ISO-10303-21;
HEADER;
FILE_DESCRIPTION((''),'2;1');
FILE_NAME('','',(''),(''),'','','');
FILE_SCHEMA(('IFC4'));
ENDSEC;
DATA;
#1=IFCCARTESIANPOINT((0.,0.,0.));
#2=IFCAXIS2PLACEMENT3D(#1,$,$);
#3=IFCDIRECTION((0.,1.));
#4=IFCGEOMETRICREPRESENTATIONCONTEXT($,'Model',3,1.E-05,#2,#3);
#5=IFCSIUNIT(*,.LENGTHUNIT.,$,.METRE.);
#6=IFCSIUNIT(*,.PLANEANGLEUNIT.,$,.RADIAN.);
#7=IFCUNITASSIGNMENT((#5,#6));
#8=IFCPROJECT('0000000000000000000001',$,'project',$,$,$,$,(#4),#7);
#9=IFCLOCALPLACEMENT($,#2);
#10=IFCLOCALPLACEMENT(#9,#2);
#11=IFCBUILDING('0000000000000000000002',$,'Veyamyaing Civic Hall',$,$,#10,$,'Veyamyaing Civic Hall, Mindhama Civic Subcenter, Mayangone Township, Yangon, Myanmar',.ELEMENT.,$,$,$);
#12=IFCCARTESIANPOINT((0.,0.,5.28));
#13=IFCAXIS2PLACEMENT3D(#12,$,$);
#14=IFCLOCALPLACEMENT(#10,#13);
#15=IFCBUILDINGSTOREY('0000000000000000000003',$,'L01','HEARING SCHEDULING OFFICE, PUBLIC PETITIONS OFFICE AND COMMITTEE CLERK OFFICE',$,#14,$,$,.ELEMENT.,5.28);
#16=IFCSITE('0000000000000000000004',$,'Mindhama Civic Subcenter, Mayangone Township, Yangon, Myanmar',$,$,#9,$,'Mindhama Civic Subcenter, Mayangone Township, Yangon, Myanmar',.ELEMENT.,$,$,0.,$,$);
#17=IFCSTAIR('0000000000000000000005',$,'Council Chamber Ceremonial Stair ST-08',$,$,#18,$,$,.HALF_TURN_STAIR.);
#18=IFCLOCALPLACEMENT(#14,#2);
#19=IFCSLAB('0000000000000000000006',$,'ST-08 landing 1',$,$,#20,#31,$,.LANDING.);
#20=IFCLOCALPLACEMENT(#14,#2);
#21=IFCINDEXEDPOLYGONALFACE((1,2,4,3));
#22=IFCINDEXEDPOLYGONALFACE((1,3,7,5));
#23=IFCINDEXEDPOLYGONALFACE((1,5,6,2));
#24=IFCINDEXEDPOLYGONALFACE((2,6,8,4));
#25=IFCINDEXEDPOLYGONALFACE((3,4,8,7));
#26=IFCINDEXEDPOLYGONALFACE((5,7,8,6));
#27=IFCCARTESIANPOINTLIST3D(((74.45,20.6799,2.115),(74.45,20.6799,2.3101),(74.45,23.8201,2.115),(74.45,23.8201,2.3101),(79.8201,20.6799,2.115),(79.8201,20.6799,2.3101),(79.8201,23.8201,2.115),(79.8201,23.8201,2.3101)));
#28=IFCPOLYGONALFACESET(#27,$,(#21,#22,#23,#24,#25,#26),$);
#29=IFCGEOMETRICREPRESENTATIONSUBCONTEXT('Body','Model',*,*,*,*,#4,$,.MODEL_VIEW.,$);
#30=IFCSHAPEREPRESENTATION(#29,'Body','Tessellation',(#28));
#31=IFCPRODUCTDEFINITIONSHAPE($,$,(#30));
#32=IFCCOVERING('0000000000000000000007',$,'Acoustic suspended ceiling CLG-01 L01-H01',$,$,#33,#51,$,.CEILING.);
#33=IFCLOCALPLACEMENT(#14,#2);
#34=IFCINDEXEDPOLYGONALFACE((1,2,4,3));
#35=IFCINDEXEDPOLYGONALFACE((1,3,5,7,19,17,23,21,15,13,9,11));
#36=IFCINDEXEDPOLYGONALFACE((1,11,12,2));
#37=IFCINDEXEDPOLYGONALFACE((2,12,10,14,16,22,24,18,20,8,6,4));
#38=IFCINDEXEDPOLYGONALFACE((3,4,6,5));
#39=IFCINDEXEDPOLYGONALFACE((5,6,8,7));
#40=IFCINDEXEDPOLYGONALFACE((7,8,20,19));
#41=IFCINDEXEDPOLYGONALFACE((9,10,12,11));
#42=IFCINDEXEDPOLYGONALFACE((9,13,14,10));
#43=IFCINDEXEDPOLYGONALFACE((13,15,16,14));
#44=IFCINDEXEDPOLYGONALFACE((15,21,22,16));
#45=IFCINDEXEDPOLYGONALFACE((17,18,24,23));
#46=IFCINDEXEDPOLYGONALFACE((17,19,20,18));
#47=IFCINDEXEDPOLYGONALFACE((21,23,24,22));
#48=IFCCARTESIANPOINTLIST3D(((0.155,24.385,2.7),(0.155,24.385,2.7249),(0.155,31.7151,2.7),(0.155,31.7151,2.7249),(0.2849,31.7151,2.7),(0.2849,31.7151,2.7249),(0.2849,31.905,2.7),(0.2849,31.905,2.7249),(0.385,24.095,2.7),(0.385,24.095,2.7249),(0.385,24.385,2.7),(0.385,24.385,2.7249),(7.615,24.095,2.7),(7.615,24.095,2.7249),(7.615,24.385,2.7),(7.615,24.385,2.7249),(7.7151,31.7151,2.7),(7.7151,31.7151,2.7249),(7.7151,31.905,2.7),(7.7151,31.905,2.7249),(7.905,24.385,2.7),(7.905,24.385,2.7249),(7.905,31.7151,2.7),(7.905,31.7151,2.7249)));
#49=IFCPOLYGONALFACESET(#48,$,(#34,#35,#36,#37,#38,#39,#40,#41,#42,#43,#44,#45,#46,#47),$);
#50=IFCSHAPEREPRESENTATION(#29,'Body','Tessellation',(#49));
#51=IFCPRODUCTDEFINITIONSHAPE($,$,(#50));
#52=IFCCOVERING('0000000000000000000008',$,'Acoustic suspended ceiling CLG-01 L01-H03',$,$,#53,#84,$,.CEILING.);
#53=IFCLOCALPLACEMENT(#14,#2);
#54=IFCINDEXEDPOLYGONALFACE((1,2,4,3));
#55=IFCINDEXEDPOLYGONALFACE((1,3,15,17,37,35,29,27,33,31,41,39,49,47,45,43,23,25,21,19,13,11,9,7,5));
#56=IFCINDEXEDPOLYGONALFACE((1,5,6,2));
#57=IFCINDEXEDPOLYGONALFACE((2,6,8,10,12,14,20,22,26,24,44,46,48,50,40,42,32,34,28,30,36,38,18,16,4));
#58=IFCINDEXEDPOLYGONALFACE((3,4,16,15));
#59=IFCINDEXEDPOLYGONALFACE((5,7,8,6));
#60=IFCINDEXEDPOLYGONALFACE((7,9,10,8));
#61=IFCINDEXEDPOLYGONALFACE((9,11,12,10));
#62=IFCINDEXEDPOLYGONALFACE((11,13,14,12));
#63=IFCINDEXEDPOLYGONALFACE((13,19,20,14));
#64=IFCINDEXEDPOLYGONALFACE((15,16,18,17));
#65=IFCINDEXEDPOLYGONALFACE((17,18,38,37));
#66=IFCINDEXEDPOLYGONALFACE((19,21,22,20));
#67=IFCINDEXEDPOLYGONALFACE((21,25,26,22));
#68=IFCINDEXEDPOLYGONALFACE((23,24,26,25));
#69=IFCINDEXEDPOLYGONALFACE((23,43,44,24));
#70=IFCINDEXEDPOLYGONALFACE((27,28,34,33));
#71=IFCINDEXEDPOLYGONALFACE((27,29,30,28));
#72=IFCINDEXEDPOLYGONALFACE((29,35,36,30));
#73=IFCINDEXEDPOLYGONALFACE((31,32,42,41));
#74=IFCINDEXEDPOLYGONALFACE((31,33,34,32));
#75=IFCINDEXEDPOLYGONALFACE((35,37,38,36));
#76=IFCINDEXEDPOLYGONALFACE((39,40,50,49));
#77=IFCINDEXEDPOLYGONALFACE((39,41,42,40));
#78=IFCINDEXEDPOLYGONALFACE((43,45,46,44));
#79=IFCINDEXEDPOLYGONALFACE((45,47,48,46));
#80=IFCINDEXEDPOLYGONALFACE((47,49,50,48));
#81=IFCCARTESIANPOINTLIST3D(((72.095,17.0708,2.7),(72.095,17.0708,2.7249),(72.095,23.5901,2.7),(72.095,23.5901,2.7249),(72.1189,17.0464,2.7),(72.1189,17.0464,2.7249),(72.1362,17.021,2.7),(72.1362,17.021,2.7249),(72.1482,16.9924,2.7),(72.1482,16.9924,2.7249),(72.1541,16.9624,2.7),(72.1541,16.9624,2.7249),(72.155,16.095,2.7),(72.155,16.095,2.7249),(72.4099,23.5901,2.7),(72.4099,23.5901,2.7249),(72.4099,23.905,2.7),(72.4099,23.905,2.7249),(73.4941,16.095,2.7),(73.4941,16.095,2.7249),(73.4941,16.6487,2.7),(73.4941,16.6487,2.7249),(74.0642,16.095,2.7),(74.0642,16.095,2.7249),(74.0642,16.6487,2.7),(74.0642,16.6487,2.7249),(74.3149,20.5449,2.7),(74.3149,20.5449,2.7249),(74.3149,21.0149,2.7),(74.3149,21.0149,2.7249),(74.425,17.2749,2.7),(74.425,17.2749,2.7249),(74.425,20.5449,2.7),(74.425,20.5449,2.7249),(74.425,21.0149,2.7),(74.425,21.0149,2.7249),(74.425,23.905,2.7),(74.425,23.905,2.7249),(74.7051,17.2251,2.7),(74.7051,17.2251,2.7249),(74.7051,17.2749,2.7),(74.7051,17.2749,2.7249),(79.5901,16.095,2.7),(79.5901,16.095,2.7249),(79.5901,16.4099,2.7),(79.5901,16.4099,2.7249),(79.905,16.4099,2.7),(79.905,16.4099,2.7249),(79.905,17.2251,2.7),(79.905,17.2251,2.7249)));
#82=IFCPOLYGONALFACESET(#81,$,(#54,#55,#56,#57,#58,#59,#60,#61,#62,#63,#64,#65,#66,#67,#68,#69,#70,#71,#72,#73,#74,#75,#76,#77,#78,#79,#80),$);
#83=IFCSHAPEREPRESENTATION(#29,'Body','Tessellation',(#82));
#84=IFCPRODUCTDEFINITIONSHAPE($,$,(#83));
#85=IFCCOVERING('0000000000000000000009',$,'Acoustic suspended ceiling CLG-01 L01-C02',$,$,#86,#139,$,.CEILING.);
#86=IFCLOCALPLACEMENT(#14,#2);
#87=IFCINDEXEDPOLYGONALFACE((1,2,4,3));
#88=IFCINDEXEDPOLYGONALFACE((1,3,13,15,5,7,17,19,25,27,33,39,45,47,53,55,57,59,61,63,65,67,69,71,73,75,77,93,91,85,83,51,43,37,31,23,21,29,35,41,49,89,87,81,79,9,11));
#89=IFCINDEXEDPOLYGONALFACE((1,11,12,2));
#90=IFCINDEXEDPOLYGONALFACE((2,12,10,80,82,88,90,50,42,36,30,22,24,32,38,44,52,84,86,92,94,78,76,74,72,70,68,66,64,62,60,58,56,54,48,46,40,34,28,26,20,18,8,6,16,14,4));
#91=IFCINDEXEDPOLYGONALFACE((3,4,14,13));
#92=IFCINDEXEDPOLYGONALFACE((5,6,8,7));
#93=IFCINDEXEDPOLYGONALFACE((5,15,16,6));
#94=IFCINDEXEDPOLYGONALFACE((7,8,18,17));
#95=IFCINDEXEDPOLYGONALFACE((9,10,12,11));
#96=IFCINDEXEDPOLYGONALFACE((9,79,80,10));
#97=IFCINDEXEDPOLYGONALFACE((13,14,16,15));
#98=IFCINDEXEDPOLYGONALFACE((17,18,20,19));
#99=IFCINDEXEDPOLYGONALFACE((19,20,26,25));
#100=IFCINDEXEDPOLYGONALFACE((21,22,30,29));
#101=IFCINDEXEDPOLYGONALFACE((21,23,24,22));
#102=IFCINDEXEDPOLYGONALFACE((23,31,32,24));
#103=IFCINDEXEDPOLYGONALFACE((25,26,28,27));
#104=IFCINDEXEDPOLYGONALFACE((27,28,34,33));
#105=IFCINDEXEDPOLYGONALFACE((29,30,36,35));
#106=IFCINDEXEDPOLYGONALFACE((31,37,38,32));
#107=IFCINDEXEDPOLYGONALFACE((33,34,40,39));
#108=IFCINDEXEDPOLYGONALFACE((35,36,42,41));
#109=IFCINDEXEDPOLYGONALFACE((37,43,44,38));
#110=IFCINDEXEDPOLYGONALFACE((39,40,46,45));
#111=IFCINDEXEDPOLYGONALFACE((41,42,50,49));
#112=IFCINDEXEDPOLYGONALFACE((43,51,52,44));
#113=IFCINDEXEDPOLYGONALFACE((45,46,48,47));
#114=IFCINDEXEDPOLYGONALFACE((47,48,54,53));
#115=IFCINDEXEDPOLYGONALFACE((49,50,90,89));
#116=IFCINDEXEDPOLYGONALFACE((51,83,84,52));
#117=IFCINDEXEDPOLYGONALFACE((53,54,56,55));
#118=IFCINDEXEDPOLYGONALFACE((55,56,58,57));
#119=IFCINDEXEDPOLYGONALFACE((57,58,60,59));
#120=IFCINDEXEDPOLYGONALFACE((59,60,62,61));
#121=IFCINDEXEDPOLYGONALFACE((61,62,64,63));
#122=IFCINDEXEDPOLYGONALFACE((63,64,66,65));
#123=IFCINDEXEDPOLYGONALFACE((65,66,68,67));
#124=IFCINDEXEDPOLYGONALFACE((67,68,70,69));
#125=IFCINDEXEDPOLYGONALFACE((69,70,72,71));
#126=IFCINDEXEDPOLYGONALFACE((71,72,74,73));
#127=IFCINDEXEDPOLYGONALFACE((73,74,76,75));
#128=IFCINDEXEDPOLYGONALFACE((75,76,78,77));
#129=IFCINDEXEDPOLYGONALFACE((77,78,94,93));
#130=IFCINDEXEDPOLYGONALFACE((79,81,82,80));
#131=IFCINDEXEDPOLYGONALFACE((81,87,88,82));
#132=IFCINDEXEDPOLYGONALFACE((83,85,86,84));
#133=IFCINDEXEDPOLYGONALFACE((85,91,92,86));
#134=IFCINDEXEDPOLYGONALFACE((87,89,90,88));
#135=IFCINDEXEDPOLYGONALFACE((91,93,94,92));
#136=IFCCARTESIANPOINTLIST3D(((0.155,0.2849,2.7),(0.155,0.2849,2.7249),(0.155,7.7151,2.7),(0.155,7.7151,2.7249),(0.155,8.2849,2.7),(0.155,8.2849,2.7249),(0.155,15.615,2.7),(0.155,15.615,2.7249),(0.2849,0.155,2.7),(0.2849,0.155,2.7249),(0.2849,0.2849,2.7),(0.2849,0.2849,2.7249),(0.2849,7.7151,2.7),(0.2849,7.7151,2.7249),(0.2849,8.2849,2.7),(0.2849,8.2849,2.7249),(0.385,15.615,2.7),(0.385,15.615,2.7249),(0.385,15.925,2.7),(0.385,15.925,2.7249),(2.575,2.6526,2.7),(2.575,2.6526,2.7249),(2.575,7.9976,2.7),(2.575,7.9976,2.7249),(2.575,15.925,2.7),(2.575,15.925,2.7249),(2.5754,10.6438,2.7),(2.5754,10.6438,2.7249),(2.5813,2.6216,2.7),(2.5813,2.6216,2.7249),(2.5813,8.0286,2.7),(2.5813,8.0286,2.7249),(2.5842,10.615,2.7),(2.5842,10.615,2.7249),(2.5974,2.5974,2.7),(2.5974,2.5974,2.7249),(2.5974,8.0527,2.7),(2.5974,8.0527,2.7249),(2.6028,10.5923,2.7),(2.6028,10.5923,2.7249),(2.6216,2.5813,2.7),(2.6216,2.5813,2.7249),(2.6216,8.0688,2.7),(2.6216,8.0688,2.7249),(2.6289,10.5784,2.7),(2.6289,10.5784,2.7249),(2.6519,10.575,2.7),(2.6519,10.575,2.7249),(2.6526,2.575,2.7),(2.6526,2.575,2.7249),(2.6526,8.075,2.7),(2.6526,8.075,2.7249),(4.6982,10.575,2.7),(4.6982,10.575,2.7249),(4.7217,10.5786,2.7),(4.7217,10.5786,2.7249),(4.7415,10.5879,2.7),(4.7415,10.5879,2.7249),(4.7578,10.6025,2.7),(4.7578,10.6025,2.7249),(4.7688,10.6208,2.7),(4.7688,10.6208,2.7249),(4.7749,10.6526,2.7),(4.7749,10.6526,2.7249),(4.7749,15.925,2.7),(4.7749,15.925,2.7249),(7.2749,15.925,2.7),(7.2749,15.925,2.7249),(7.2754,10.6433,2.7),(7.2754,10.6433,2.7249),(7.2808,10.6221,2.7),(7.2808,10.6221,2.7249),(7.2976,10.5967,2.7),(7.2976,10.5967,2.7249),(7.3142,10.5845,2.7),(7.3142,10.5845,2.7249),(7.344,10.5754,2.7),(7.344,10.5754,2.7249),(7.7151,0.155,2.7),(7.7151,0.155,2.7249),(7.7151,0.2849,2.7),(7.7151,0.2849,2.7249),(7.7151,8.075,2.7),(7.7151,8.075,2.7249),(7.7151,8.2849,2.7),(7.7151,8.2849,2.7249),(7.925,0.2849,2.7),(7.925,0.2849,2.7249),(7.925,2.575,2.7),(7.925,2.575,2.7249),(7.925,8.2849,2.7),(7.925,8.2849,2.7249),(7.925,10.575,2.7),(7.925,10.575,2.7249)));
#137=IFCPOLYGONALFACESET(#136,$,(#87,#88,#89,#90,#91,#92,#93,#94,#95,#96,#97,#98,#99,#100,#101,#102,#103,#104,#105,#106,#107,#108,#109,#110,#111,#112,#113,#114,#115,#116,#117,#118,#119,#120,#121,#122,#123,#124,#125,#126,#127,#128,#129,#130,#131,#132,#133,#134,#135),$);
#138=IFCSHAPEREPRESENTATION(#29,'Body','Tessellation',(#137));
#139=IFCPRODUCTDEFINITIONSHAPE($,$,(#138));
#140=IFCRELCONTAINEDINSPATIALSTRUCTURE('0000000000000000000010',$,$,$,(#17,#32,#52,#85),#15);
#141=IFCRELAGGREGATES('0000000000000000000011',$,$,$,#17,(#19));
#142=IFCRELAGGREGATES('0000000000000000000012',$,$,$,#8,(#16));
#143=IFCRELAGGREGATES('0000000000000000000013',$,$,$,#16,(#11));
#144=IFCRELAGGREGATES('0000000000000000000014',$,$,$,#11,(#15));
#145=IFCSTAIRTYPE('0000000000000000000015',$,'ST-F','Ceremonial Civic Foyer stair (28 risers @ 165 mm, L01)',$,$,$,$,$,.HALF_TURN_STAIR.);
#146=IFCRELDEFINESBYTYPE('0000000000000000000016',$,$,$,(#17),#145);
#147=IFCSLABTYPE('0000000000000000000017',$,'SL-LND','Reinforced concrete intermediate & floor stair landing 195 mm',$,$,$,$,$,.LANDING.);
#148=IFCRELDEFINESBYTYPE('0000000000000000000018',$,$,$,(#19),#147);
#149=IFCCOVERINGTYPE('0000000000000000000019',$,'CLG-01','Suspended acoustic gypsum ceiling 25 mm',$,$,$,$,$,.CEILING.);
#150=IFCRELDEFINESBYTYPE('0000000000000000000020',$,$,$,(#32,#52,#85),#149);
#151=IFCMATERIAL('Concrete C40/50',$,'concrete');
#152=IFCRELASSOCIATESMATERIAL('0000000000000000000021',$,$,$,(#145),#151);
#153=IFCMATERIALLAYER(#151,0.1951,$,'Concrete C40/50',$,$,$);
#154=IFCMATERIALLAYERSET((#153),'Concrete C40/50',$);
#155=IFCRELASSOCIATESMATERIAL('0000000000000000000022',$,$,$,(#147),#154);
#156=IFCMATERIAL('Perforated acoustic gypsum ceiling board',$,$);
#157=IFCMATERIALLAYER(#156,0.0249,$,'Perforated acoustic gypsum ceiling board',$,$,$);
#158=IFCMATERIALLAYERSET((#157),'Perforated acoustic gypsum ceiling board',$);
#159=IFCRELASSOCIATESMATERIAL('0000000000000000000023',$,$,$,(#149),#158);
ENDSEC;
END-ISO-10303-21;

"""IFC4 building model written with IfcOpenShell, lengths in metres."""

from ifc_helpers import new_model, si_unit, direction, frame, origin, place, context, subcontext, project, spatial, polyline, outline, extrude, material, layer, layer_set, type_object, element, aggregate, save


model = new_model("IFC4")

# Units and contexts
model_context = context("Model", 3, precision=1e-05, world=origin(), true_north=direction((0.0, 1.0)))
body_context = subcontext(model_context, "Body", "Model", "MODEL_VIEW")
ifc_project = project(units=[si_unit("LENGTHUNIT", "METRE"), si_unit("PLANEANGLEUNIT", "RADIAN")], contexts=[model_context])

# Site, building, storey
site_placement = place(None, origin())
site = spatial("IfcSite", under=ifc_project, at=site_placement, Name="Mindhama Civic Subcenter, Mayangone Township, Yangon, Myanmar", LongName="Mindhama Civic Subcenter, Mayangone Township, Yangon, Myanmar", CompositionType="ELEMENT", RefElevation=0.0)
building_placement = place(site_placement, origin())
building = spatial("IfcBuilding", under=site, at=building_placement, Name="Veyamyaing Civic Hall", LongName="Veyamyaing Civic Hall, Mindhama Civic Subcenter, Mayangone Township, Yangon, Myanmar", CompositionType="ELEMENT")
storey_placement = place(building_placement, frame((0.0, 0.0, 5.28)))
storey = spatial("IfcBuildingStorey", under=building, at=storey_placement, Name="L01", Description="HEARING SCHEDULING OFFICE, PUBLIC PETITIONS OFFICE AND COMMITTEE CLERK OFFICE", CompositionType="ELEMENT", Elevation=5.28)

# Stair, slab
ifc_material_1 = material(Name="Concrete C40/50", Category="concrete")
stair_type = type_object("IfcStairType", Name="ST-F", Description="Ceremonial Civic Foyer stair (28 risers @ 165 mm, L01)", PredefinedType="HALF_TURN_STAIR", material=ifc_material_1)
stair_placement = place(storey_placement, origin())
stair = element("IfcStair", 1, at=stair_placement, inside=storey, type_object=stair_type, Name="Council Chamber Ceremonial Stair ST-08", PredefinedType="HALF_TURN_STAIR")
ifc_layer_1 = layer(ifc_material_1, 0.1951, Name="Concrete C40/50")
ifc_layer_set_1 = layer_set([ifc_layer_1], Name="Concrete C40/50")
slab_type = type_object("IfcSlabType", Name="SL-LND", Description="Reinforced concrete intermediate & floor stair landing 195 mm", PredefinedType="LANDING", material=ifc_layer_set_1)
slab_placement = place(storey_placement, frame((0.0, 0.0, 2.115)))
slab = element("IfcSlab", 2, at=slab_placement, type_object=slab_type, Name="ST-08 landing 1", PredefinedType="LANDING", context=body_context, shape_type="SweptSolid", body=[
    extrude(outline(polyline([(74.45, 20.6799), (79.8201, 20.6799), (79.8201, 23.8201), (74.45, 23.8201), (74.45, 20.6799)])), origin(), (0.0, 0.0, 1.0), 0.1951),
])
aggregate(stair, [slab])

# Coverings
ifc_material_2 = material(Name="Perforated acoustic gypsum ceiling board")
ifc_layer_2 = layer(ifc_material_2, 0.0249, Name="Perforated acoustic gypsum ceiling board")
ifc_layer_set_2 = layer_set([ifc_layer_2], Name="Perforated acoustic gypsum ceiling board")
covering_type_1 = type_object("IfcCoveringType", Name="CLG-01", Description="Suspended acoustic gypsum ceiling 25 mm", PredefinedType="CEILING", material=ifc_layer_set_2)
covering_1_placement = place(storey_placement, frame((0.0, 0.0, 2.7)))
element("IfcCovering", 3, at=covering_1_placement, inside=storey, type_object=covering_type_1, Name="Acoustic suspended ceiling CLG-01 L01-H01", PredefinedType="CEILING", context=body_context, shape_type="SweptSolid", body=[
    extrude(outline(polyline([(0.2849, 31.905), (7.7151, 31.905), (7.7151, 31.7151), (7.905, 31.7151), (7.905, 24.385), (7.615, 24.385), (7.615, 24.095), (0.385, 24.095), (0.385, 24.385), (0.155, 24.385), (0.155, 31.7151), (0.2849, 31.7151), (0.2849, 31.905)])), origin(), (0.0, 0.0, 1.0), 0.0249),
])
covering_2_placement = place(storey_placement, frame((0.0, 0.0, 2.7)))
element("IfcCovering", 4, at=covering_2_placement, inside=storey, type_object=covering_type_1, Name="Acoustic suspended ceiling CLG-01 L01-H03", PredefinedType="CEILING", context=body_context, shape_type="SweptSolid", body=[
    extrude(outline(polyline([(72.1482, 16.9924), (72.1362, 17.021), (72.1189, 17.0464), (72.095, 17.0708), (72.095, 23.5901), (72.4099, 23.5901), (72.4099, 23.905), (74.425, 23.905), (74.425, 21.0149), (74.3149, 21.0149), (74.3149, 20.5449), (74.425, 20.5449), (74.425, 17.2749), (74.7051, 17.2749), (74.7051, 17.2251), (79.905, 17.2251), (79.905, 16.4099), (79.5901, 16.4099), (79.5901, 16.095), (74.0642, 16.095), (74.0642, 16.6487), (73.4941, 16.6487), (73.4941, 16.095), (72.155, 16.095), (72.1541, 16.9624), (72.1482, 16.9924)])), origin(), (0.0, 0.0, 1.0), 0.0249),
])
covering_3_placement = place(storey_placement, frame((0.0, 0.0, 2.7)))
element("IfcCovering", 5, at=covering_3_placement, inside=storey, type_object=covering_type_1, Name="Acoustic suspended ceiling CLG-01 L01-C02", PredefinedType="CEILING", context=body_context, shape_type="SweptSolid", body=[
    extrude(outline(polyline([(2.5842, 10.615), (2.6028, 10.5923), (2.6289, 10.5784), (2.6519, 10.575), (4.6982, 10.575), (4.7217, 10.5786), (4.7415, 10.5879), (4.7578, 10.6025), (4.7688, 10.6208), (4.7749, 10.6526), (4.7749, 15.925), (7.2749, 15.925), (7.2754, 10.6433), (7.2808, 10.6221), (7.2976, 10.5967), (7.3142, 10.5845), (7.344, 10.5754), (7.925, 10.575), (7.925, 8.2849), (7.7151, 8.2849), (7.7151, 8.075), (2.6526, 8.075), (2.6216, 8.0688), (2.5974, 8.0527), (2.5813, 8.0286), (2.575, 7.9976), (2.575, 2.6526), (2.5813, 2.6216), (2.5974, 2.5974), (2.6216, 2.5813), (2.6526, 2.575), (7.925, 2.575), (7.925, 0.2849), (7.7151, 0.2849), (7.7151, 0.155), (0.2849, 0.155), (0.2849, 0.2849), (0.155, 0.2849), (0.155, 7.7151), (0.2849, 7.7151), (0.2849, 8.2849), (0.155, 8.2849), (0.155, 15.615), (0.385, 15.615), (0.385, 15.925), (2.575, 15.925), (2.5754, 10.6438), (2.5842, 10.615)])), origin(), (0.0, 0.0, 1.0), 0.0249),
])

save(model, "model.ifc")
